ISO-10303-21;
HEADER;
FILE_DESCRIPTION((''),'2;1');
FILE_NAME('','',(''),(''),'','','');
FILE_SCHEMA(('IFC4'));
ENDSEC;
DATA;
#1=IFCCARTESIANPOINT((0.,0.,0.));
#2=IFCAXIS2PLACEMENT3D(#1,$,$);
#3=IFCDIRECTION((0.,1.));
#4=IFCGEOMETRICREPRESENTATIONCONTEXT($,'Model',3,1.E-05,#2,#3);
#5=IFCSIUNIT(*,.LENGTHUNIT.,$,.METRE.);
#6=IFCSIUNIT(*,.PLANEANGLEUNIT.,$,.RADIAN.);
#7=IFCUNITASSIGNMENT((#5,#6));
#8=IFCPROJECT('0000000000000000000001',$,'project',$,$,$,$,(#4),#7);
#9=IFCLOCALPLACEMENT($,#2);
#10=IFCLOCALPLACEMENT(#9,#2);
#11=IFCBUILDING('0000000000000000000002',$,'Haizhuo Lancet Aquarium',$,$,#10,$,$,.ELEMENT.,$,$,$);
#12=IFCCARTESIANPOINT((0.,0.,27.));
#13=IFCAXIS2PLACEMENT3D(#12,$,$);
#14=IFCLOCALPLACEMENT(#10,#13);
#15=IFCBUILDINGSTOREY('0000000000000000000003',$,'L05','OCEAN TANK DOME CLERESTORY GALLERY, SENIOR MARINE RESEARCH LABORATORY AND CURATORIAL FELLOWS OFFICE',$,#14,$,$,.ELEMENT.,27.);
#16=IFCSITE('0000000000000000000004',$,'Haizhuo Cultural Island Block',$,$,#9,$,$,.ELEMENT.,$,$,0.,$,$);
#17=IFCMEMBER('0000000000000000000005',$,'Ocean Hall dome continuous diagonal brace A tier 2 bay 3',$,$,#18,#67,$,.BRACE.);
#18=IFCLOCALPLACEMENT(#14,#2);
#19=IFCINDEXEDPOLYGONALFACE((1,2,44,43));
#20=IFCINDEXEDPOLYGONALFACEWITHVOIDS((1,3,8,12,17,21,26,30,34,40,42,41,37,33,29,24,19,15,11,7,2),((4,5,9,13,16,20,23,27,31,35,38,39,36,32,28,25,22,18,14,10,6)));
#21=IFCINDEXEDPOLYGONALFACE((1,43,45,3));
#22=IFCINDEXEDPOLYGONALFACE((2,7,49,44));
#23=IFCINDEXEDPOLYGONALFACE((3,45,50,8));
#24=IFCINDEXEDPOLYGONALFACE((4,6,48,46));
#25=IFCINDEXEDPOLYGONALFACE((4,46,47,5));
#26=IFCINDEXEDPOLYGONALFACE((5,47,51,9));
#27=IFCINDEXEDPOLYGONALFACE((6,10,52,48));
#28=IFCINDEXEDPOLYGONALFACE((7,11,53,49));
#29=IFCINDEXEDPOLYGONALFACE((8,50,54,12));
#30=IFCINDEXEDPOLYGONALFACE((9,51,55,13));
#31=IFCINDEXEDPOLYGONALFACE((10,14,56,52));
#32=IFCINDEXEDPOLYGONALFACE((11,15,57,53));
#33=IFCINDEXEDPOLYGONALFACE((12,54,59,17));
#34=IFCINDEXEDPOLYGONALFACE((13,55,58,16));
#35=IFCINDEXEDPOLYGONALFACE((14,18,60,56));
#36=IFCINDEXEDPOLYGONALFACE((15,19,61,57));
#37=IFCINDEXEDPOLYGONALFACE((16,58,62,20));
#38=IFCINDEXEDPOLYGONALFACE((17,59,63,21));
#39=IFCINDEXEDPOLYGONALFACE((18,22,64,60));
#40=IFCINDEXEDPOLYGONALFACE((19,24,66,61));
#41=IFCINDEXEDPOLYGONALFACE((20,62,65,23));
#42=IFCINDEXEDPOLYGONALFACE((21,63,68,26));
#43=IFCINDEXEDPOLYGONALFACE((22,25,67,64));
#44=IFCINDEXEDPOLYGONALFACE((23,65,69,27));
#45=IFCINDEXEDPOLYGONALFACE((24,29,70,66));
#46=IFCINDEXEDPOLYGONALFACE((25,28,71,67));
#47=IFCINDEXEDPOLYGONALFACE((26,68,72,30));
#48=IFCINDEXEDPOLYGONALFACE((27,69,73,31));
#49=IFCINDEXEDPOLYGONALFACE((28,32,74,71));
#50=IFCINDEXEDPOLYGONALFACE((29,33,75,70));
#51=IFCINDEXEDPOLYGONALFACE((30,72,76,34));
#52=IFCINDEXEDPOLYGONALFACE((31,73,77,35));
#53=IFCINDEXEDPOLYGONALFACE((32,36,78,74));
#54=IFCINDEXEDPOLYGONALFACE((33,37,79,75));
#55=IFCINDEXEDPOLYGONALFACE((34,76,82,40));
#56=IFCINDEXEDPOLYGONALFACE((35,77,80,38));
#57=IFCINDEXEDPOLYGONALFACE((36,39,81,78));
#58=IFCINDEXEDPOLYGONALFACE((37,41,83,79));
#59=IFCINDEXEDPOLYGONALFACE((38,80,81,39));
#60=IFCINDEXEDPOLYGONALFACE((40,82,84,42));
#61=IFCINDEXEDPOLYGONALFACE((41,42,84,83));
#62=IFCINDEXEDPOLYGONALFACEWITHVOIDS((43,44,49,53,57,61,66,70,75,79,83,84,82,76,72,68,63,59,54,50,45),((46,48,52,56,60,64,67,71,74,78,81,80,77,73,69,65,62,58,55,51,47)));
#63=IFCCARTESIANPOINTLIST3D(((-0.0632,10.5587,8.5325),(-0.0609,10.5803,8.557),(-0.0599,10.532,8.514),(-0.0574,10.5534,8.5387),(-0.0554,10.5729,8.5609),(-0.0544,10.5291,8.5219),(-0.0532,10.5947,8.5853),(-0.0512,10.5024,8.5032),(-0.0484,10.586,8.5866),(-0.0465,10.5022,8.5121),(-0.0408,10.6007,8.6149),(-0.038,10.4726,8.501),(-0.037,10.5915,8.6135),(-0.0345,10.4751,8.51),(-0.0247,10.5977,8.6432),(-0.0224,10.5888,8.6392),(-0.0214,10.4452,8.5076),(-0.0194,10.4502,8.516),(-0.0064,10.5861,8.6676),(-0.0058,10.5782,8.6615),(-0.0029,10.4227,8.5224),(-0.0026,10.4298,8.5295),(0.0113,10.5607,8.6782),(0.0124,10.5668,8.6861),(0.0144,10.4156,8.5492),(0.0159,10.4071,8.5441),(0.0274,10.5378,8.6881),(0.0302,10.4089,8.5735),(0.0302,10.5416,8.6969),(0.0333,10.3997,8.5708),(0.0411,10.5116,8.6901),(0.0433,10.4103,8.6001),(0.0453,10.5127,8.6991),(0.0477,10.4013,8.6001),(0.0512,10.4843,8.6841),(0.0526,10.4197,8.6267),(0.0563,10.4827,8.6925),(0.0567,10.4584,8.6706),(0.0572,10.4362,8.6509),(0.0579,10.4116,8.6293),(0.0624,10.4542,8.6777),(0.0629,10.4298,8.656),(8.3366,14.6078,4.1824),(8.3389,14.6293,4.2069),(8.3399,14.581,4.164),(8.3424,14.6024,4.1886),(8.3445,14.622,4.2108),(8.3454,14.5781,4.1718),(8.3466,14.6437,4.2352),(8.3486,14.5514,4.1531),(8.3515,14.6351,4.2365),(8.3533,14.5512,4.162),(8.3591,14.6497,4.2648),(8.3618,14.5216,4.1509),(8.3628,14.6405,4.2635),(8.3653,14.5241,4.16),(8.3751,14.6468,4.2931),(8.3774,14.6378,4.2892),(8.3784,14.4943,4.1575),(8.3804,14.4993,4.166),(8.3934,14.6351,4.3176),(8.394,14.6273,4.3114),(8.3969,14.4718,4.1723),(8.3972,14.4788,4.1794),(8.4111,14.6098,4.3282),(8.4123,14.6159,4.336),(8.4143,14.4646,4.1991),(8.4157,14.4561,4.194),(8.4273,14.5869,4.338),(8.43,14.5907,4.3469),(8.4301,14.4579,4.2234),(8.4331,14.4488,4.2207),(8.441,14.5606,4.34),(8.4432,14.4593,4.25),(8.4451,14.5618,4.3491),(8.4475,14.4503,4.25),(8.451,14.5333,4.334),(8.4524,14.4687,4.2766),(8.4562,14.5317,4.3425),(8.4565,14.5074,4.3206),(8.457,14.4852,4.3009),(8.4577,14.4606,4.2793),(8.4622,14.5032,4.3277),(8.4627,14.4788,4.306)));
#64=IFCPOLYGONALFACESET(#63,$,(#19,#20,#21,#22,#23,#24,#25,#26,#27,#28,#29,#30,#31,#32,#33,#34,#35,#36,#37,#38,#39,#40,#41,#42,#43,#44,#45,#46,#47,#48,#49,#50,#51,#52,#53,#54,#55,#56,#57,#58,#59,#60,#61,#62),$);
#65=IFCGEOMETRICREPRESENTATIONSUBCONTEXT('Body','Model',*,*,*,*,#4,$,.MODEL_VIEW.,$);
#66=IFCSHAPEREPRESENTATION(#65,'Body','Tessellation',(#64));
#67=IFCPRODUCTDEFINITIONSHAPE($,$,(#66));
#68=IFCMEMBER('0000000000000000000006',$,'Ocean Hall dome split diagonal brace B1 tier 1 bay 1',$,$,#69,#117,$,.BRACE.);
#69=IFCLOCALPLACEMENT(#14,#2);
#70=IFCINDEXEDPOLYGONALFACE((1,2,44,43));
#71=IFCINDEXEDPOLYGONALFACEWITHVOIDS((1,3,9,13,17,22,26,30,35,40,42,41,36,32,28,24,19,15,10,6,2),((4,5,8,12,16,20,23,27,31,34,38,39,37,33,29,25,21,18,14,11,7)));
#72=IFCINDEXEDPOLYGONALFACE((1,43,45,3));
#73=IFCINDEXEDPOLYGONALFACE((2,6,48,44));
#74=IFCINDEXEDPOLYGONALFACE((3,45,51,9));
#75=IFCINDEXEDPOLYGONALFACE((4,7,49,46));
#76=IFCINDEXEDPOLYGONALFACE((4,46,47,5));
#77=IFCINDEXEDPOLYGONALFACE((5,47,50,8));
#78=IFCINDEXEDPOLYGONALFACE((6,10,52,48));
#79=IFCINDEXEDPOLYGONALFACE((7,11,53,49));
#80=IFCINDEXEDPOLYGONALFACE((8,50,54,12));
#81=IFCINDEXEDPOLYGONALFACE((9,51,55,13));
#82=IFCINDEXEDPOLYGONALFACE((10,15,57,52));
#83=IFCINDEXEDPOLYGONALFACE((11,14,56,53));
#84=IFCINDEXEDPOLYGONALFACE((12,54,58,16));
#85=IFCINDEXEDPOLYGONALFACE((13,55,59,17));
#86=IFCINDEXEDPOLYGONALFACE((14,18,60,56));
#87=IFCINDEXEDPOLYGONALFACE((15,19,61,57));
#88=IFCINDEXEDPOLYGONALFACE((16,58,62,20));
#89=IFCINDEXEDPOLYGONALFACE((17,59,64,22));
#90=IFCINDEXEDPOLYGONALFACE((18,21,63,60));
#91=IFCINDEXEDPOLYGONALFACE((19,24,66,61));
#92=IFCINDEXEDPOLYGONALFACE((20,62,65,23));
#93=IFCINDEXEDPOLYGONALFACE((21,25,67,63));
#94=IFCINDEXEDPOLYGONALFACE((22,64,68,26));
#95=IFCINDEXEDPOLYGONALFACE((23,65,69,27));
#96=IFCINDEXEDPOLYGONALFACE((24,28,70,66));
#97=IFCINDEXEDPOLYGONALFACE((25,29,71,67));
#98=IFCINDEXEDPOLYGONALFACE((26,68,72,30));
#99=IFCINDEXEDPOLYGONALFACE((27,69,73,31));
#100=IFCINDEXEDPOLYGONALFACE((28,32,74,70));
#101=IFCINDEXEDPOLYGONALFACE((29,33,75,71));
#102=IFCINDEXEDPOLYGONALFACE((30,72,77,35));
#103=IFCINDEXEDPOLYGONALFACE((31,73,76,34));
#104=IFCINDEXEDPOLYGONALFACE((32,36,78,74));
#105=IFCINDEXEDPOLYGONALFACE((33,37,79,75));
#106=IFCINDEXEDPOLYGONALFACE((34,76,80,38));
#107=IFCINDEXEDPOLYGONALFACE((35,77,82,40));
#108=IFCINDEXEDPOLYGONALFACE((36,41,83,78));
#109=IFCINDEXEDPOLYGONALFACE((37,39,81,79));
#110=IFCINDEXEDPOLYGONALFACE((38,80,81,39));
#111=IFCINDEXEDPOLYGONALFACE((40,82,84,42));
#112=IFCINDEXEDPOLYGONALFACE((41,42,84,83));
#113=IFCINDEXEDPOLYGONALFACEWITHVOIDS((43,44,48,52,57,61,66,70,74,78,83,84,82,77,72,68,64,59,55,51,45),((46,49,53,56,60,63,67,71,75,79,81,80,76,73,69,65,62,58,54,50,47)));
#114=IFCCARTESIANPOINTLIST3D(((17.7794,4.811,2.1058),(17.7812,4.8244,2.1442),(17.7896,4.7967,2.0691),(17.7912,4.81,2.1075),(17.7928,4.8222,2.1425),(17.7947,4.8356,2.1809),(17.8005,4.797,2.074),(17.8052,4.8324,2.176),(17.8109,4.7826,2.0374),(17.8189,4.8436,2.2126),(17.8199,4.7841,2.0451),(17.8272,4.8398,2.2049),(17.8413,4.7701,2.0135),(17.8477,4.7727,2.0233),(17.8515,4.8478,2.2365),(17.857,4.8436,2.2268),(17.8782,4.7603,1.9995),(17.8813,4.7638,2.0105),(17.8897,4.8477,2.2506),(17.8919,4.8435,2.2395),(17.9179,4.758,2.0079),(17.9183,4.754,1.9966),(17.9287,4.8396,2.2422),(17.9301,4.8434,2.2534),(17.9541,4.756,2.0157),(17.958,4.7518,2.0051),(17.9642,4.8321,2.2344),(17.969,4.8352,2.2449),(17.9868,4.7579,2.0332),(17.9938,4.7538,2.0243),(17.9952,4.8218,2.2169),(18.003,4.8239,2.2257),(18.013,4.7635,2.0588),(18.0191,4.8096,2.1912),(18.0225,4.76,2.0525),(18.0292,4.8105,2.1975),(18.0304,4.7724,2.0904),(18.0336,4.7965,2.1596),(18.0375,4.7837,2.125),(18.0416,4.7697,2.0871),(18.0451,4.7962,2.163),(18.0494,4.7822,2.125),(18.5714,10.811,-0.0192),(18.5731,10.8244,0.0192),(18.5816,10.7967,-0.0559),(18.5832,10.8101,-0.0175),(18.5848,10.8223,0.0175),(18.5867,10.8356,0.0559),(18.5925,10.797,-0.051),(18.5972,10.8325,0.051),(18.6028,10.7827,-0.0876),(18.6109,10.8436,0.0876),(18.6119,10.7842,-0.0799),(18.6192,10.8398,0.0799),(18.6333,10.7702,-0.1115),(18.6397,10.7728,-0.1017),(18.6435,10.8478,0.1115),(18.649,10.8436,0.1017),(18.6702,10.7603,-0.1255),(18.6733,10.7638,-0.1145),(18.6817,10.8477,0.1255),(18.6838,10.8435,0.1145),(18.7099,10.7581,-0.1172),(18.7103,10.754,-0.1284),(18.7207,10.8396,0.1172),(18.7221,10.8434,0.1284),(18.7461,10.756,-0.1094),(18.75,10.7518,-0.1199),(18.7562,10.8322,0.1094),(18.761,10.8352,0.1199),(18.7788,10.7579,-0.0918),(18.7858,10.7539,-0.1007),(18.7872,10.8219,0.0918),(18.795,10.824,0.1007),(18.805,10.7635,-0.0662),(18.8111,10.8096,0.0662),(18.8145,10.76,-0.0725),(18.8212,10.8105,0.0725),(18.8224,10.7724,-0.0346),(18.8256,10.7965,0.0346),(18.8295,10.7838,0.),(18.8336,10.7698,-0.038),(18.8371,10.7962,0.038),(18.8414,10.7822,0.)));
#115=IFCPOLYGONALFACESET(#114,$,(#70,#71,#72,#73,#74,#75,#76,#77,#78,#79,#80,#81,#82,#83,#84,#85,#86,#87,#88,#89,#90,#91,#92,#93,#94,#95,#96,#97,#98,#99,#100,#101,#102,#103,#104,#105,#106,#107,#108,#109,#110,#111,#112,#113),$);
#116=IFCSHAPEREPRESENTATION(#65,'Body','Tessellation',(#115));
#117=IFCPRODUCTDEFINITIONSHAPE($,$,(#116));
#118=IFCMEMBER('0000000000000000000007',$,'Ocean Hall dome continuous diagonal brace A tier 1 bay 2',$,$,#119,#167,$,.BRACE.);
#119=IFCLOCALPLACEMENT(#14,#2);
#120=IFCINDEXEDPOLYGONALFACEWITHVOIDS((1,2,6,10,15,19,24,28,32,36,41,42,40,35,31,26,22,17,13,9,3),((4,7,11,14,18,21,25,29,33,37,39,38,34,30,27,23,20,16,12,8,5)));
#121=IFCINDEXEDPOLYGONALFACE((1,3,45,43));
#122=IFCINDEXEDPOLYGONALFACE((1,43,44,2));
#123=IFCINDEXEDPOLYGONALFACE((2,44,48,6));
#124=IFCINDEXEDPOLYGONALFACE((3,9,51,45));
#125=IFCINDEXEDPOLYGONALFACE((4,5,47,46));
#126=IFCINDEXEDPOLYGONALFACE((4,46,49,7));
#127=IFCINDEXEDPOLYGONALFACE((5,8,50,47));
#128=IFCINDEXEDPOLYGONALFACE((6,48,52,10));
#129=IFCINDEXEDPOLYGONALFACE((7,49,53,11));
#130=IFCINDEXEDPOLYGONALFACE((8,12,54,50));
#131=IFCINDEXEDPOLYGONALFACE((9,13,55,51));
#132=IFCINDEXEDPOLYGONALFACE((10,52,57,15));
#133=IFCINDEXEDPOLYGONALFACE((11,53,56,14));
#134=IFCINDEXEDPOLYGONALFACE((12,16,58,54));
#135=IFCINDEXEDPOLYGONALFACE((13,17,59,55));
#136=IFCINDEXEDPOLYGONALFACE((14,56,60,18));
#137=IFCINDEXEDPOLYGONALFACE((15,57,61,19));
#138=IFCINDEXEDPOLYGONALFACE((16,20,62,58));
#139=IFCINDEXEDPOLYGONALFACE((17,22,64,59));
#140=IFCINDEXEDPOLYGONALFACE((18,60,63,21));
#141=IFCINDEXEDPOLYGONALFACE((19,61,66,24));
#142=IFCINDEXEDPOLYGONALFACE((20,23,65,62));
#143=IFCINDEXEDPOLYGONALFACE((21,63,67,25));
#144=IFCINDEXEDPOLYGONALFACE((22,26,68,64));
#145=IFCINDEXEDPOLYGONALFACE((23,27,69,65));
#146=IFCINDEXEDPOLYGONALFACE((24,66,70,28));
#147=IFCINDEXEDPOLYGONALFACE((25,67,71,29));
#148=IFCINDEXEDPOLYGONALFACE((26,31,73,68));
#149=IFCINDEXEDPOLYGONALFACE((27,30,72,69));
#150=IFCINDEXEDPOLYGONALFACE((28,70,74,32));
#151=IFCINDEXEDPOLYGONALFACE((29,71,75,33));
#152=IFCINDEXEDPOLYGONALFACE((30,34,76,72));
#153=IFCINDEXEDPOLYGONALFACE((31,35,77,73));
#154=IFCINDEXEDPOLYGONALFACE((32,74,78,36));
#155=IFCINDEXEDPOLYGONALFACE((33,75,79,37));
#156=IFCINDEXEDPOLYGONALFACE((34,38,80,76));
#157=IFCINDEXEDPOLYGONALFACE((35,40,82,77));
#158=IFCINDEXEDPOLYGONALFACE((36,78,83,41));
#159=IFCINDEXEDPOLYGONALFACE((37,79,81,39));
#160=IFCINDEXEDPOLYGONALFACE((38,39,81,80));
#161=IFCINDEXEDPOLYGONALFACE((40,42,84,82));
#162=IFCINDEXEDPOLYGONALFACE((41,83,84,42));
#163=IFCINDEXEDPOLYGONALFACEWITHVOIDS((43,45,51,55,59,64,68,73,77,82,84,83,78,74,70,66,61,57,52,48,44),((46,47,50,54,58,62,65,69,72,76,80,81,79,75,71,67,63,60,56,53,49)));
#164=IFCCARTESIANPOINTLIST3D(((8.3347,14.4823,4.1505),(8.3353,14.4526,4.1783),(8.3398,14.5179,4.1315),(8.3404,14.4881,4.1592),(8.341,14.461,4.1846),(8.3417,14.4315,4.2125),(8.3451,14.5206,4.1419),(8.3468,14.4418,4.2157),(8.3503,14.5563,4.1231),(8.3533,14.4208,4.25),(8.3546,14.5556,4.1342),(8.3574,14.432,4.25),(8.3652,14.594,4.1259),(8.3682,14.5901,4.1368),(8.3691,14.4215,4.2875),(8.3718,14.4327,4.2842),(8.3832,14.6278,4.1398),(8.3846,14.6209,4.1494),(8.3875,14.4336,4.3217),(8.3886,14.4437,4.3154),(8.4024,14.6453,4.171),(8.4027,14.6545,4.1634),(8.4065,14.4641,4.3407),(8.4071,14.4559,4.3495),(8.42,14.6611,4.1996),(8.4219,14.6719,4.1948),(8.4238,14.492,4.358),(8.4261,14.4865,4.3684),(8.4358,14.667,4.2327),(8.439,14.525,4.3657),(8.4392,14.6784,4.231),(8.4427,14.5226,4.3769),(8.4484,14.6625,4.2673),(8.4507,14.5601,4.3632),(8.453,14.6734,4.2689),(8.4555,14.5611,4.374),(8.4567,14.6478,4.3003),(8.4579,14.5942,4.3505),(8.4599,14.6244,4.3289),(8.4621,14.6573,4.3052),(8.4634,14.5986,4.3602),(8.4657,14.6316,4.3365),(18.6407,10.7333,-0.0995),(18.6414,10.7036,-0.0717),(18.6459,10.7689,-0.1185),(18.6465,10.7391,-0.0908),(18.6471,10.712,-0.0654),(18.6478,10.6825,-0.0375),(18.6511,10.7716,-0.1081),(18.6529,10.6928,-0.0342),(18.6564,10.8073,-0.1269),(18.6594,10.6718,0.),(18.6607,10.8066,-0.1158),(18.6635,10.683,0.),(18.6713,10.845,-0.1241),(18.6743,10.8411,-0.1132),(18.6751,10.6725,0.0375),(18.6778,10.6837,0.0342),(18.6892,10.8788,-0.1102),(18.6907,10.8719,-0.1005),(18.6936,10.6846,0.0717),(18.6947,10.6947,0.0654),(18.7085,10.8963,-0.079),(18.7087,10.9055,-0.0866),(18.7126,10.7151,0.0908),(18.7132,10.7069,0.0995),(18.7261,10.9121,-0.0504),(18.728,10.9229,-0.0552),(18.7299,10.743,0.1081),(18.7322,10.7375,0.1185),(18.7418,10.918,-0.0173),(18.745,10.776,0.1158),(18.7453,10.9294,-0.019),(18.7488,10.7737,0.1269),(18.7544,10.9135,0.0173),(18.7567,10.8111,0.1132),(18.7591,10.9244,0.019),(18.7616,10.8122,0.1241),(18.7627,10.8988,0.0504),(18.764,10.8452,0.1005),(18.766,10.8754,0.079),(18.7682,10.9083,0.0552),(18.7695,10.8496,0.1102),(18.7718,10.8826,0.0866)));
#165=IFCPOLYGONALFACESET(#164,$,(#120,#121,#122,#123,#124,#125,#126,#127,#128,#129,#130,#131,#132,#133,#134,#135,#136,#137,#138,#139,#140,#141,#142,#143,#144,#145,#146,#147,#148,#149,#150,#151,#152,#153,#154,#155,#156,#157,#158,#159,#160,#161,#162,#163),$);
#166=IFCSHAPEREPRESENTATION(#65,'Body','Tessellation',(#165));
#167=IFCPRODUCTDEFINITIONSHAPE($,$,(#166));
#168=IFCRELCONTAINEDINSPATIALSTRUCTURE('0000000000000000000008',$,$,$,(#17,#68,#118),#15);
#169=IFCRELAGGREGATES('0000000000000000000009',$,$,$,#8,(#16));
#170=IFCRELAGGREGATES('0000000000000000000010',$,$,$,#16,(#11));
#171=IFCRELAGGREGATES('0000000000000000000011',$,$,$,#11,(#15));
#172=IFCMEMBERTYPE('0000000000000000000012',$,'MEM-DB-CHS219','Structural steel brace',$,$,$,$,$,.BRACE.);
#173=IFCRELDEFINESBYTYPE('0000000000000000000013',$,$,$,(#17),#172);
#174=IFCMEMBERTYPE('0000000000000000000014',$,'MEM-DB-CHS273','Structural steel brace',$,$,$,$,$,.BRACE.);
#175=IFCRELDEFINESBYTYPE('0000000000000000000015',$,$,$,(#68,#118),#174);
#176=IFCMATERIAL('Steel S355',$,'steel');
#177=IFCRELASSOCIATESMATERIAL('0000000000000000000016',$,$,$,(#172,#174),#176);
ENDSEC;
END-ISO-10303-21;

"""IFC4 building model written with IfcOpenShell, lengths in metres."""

from ifc_helpers import new_model, si_unit, direction, frame, origin, origin_2d, place, context, subcontext, project, spatial, hollow_circle, extrude, material, material_profile, profile_set, type_object, element, save


model = new_model("IFC4")

# Units and contexts
model_context = context("Model", 3, precision=1e-05, world=origin(), true_north=direction((0.0, 1.0)))
body_context = subcontext(model_context, "Body", "Model", "MODEL_VIEW")
ifc_project = project(units=[si_unit("LENGTHUNIT", "METRE"), si_unit("PLANEANGLEUNIT", "RADIAN")], contexts=[model_context])

# Site, building, storey
site_placement = place(None, origin())
site = spatial("IfcSite", under=ifc_project, at=site_placement, Name="Haizhuo Cultural Island Block", CompositionType="ELEMENT", RefElevation=0.0)
building_placement = place(site_placement, origin())
building = spatial("IfcBuilding", under=site, at=building_placement, Name="Haizhuo Lancet Aquarium", CompositionType="ELEMENT")
storey_placement = place(building_placement, frame((0.0, 0.0, 27.0)))
storey = spatial("IfcBuildingStorey", under=building, at=storey_placement, Name="L05", Description="OCEAN TANK DOME CLERESTORY GALLERY, SENIOR MARINE RESEARCH LABORATORY AND CURATORIAL FELLOWS OFFICE", CompositionType="ELEMENT", Elevation=27.0)

# Members
ifc_material_1 = material(Name="Steel S355", Category="steel")
ifc_material_profile_1 = material_profile(ifc_material_1, hollow_circle(Radius=0.1096, WallThickness=0.01, at=origin_2d()), Name="CHS 219x10")
ifc_profile_set_1 = profile_set([ifc_material_profile_1], Name="Steel S355")
member_type_1 = type_object("IfcMemberType", Name="MEM-DB-CHS219", Description="Structural steel brace", PredefinedType="BRACE", material=ifc_profile_set_1)
member_1_placement = place(storey_placement, frame((8.3999, 14.5491, 4.25), z_axis=(-0.816346, -0.39351, 0.422765), x_axis=(0.434223, -0.900806, 0.0)))
element("IfcMember", 1, at=member_1_placement, inside=storey, type_object=member_type_1, Name="Ocean Hall dome continuous diagonal brace A tier 2 bay 3", PredefinedType="BRACE", context=body_context, shape_type="SweptSolid", body=[
    extrude(hollow_circle(Radius=0.1096, WallThickness=0.01, at=origin_2d()), origin(), (0.0, 0.0, 1.0), 10.2896),
])
ifc_material_profile_2 = material_profile(ifc_material_1, hollow_circle(Radius=0.1365, WallThickness=0.012, at=origin_2d()), Name="CHS 273x12")
ifc_profile_set_2 = profile_set([ifc_material_profile_2], Name="Steel S355")
member_type_2 = type_object("IfcMemberType", Name="MEM-DB-CHS273", Description="Structural steel brace", PredefinedType="BRACE", material=ifc_profile_set_2)
member_2_placement = place(storey_placement, frame((18.7061, 10.8, 0.0), z_axis=(-0.123473, -0.935414, 0.331293), x_axis=(0.9914, -0.130864, 0.0)))
element("IfcMember", 2, at=member_2_placement, inside=storey, type_object=member_type_2, Name="Ocean Hall dome split diagonal brace B1 tier 1 bay 1", PredefinedType="BRACE", context=body_context, shape_type="SweptSolid", body=[
    extrude(hollow_circle(Radius=0.1365, WallThickness=0.012, at=origin_2d()), origin(), (0.0, 0.0, 1.0), 6.4143),
])
member_3_placement = place(storey_placement, frame((18.7061, 10.8, 0.0), z_axis=(-0.876257, 0.318752, 0.361346), x_axis=(-0.34185, -0.939754, 0.0)))
element("IfcMember", 3, at=member_3_placement, inside=storey, type_object=member_type_2, Name="Ocean Hall dome continuous diagonal brace A tier 1 bay 2", PredefinedType="BRACE", context=body_context, shape_type="SweptSolid", body=[
    extrude(hollow_circle(Radius=0.1365, WallThickness=0.012, at=origin_2d()), origin(), (0.0, 0.0, 1.0), 11.7615),
])

save(model, "model.ifc")
